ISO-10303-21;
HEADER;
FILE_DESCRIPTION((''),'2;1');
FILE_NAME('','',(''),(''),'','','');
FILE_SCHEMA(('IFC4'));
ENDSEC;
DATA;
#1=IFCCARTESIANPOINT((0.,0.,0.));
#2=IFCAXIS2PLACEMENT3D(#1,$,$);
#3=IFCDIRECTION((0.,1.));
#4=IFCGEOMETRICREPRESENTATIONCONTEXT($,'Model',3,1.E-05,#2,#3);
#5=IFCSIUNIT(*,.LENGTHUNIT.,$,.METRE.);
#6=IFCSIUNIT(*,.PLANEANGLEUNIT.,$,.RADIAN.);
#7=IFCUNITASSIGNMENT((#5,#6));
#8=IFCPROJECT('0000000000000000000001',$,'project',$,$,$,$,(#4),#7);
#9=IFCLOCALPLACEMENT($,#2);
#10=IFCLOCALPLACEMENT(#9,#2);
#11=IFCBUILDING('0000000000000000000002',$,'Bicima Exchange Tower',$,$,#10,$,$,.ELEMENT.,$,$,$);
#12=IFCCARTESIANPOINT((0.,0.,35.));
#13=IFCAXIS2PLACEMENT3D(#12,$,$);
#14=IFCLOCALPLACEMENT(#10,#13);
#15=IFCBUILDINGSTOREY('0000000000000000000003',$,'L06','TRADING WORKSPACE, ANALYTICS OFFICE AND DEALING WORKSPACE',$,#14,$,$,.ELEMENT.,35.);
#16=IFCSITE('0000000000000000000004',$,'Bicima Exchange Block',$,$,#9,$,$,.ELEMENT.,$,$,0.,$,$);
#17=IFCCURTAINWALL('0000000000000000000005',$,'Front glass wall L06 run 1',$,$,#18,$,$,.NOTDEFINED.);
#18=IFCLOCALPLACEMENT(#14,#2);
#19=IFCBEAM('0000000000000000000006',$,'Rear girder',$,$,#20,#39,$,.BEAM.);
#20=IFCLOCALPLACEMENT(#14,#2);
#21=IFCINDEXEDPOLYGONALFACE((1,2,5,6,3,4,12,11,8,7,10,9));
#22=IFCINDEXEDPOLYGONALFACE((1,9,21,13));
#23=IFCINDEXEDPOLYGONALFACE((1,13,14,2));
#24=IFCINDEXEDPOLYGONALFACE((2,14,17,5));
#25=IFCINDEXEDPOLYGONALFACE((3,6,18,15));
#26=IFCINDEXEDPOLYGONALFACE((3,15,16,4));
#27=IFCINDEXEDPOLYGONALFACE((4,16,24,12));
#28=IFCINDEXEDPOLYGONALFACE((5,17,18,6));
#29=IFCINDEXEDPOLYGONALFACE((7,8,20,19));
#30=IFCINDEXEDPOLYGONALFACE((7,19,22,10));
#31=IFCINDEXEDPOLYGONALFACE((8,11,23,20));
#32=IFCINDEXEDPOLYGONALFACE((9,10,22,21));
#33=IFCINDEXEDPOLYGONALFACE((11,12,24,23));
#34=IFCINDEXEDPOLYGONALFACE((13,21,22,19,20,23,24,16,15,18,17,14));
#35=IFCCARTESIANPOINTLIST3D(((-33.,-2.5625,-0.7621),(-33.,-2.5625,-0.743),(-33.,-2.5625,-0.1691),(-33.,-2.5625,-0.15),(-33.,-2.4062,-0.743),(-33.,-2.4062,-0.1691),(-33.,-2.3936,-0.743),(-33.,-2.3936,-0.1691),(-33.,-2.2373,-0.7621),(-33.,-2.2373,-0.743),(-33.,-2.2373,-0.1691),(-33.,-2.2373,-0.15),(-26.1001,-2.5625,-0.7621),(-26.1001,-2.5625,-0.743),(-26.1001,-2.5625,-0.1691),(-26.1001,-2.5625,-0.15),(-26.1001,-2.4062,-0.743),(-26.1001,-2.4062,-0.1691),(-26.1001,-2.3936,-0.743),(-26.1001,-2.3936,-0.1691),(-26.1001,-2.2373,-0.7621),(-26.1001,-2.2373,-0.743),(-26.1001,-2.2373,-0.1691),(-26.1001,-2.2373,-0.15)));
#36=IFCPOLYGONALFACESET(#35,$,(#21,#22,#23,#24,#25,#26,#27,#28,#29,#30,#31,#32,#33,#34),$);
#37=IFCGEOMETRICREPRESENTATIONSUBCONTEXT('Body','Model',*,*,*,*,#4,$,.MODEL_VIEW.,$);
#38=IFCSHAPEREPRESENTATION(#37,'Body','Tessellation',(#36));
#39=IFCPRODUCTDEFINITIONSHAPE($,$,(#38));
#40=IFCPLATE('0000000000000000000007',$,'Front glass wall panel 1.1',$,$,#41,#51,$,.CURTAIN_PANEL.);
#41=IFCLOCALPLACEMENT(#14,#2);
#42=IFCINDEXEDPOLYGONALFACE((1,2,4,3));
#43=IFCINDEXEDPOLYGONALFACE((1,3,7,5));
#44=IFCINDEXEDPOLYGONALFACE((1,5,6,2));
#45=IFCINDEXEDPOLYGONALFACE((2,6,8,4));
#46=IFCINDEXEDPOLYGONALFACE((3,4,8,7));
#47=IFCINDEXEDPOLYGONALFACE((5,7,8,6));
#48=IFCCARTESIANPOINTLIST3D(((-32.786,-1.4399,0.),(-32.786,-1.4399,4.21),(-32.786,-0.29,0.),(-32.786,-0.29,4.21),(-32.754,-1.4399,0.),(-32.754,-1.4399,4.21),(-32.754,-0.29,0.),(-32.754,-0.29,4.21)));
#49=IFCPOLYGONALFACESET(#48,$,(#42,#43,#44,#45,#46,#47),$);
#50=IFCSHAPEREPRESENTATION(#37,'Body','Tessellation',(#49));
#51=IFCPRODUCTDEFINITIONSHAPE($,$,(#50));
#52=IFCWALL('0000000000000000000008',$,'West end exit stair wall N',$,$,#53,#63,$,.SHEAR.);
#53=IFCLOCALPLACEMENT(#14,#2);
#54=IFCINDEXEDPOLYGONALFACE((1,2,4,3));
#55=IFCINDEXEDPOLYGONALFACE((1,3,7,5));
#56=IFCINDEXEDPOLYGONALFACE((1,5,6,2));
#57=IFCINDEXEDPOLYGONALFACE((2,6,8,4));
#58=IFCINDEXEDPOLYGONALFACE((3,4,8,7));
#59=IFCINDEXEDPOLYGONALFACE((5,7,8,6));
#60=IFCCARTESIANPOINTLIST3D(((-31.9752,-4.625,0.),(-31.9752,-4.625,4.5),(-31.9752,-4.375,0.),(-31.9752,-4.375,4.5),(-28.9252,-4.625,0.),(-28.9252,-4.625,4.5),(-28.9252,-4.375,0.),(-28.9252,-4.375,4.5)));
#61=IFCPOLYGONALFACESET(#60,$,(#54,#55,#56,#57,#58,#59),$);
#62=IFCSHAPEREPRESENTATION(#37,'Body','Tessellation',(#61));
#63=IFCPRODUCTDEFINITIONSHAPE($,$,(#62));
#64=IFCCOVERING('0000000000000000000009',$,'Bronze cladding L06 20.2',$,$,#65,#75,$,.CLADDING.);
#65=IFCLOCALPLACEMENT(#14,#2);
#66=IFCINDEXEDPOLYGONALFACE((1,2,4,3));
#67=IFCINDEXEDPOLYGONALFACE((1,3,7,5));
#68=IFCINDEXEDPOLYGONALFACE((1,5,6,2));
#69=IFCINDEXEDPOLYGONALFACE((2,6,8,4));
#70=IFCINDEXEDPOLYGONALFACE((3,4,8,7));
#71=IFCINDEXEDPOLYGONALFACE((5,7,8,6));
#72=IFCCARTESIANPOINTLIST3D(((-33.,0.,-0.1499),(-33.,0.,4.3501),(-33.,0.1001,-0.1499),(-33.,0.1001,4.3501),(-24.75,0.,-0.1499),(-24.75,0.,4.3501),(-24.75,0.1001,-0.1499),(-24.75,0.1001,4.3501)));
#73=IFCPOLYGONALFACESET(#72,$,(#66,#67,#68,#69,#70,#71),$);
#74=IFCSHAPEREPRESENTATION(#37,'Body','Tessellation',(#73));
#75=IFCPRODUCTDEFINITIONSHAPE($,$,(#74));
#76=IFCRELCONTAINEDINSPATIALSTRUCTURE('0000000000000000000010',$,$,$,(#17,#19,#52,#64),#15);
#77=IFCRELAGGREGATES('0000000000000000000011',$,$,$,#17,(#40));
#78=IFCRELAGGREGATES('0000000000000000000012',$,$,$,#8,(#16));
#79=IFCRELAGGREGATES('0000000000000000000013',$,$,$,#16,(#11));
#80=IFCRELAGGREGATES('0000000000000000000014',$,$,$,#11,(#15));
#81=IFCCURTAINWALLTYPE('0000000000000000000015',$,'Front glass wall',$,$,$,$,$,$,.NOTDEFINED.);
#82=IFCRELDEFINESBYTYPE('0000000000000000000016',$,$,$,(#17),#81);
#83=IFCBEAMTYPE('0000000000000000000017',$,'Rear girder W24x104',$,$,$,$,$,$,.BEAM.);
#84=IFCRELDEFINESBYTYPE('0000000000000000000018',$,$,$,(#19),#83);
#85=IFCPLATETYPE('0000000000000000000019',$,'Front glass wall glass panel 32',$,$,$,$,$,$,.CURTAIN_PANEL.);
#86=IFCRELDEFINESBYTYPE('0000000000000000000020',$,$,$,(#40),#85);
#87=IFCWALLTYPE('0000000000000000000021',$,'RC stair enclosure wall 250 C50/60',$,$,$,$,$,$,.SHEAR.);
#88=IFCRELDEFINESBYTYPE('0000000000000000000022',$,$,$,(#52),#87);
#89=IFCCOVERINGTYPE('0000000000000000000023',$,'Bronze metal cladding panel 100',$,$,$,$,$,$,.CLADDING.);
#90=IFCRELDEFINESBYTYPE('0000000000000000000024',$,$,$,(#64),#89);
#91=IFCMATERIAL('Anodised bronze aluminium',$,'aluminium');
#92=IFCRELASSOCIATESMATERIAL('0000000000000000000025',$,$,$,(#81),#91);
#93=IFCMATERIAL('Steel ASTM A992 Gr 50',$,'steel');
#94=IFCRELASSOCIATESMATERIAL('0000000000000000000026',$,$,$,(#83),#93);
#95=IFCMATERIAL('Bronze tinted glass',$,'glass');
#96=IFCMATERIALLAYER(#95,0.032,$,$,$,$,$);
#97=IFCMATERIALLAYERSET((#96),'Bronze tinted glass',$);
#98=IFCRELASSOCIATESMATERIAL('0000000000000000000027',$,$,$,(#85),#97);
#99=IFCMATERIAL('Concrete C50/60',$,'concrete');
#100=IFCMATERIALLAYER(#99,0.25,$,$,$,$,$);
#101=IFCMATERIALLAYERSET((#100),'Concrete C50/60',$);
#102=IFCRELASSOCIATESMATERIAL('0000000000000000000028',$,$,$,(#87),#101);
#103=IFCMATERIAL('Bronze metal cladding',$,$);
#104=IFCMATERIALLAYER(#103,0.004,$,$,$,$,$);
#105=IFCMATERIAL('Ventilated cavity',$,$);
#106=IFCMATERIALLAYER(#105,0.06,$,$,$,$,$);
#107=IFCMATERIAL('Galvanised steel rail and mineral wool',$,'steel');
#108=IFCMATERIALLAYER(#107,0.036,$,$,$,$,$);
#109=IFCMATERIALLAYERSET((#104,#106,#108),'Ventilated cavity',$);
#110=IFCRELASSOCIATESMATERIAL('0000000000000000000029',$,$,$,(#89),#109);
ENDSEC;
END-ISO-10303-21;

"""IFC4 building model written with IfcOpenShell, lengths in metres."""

from ifc_helpers import new_model, si_unit, direction, frame, frame_2d, origin, origin_2d, place, context, subcontext, project, spatial, rectangle, i_section, extrude, material, layer, layer_set, material_profile, profile_set, type_object, element, aggregate, save


model = new_model("IFC4")

# Units and contexts
model_context = context("Model", 3, precision=1e-05, world=origin(), true_north=direction((0.0, 1.0)))
body_context = subcontext(model_context, "Body", "Model", "MODEL_VIEW")
ifc_project = project(units=[si_unit("LENGTHUNIT", "METRE"), si_unit("PLANEANGLEUNIT", "RADIAN")], contexts=[model_context])

# Site, building, storey
site_placement = place(None, origin())
site = spatial("IfcSite", under=ifc_project, at=site_placement, Name="Bicima Exchange Block", CompositionType="ELEMENT", RefElevation=0.0)
building_placement = place(site_placement, origin())
building = spatial("IfcBuilding", under=site, at=building_placement, Name="Bicima Exchange Tower", CompositionType="ELEMENT")
storey_placement = place(building_placement, frame((0.0, 0.0, 35.0)))
storey = spatial("IfcBuildingStorey", under=building, at=storey_placement, Name="L06", Description="TRADING WORKSPACE, ANALYTICS OFFICE AND DEALING WORKSPACE", CompositionType="ELEMENT", Elevation=35.0)

# Shared definitions
ifc_material_1 = material(Name="Steel ASTM A992 Gr 50", Category="steel")

# Curtain wall
ifc_material_2 = material(Name="Anodised bronze aluminium", Category="aluminium")
curtain_wall_type_1 = type_object("IfcCurtainWallType", Name="Front glass wall", PredefinedType="NOTDEFINED", material=ifc_material_2)
curtain_wall_1_placement = place(storey_placement, origin())
curtain_wall_1 = element("IfcCurtainWall", 1, at=curtain_wall_1_placement, inside=storey, type_object=curtain_wall_type_1, Name="Front glass wall L06 run 1", PredefinedType="NOTDEFINED")

# Beam
ifc_material_profile_1 = material_profile(ifc_material_1, i_section(OverallWidth=0.3252, OverallDepth=0.6121, WebThickness=0.0127, FlangeThickness=0.019, at=origin_2d()))
ifc_profile_set_1 = profile_set([ifc_material_profile_1], Name="Steel ASTM A992 Gr 50")
beam_type_1 = type_object("IfcBeamType", Name="Rear girder W24x104", PredefinedType="BEAM", material=ifc_profile_set_1)
beam_1_placement = place(storey_placement, frame((-26.1001, -2.3999, -0.4561), z_axis=(-1.0, 0.0, 0.0), x_axis=(0.0, -1.0, 0.0)))
element("IfcBeam", 2, at=beam_1_placement, inside=storey, type_object=beam_type_1, Name="Rear girder", PredefinedType="BEAM", context=body_context, shape_type="SweptSolid", body=[
    extrude(i_section(OverallWidth=0.3252, OverallDepth=0.6121, WebThickness=0.0127, FlangeThickness=0.019, at=origin_2d()), origin(), (0.0, 0.0, 1.0), 6.8999),
])

# Plate
ifc_material_3 = material(Name="Bronze tinted glass", Category="glass")
ifc_layer_1 = layer(ifc_material_3, 0.032)
ifc_layer_set_1 = layer_set([ifc_layer_1], Name="Bronze tinted glass")
plate_type = type_object("IfcPlateType", Name="Front glass wall glass panel 32", PredefinedType="CURTAIN_PANEL", material=ifc_layer_set_1)
plate_placement = place(storey_placement, frame((-32.77, -0.865, 0.0), z_axis=(0.0, 0.0, 1.0), x_axis=(0.0, -1.0, 0.0)))
plate = element("IfcPlate", 3, at=plate_placement, type_object=plate_type, Name="Front glass wall panel 1.1", PredefinedType="CURTAIN_PANEL", context=body_context, shape_type="SweptSolid", body=[
    extrude(rectangle(XDim=1.1499, YDim=0.032, at=origin_2d()), origin(), (0.0, 0.0, 1.0), 4.21),
])
aggregate(curtain_wall_1, [plate])

# Wall
ifc_material_4 = material(Name="Concrete C50/60", Category="concrete")
ifc_layer_2 = layer(ifc_material_4, 0.25)
ifc_layer_set_2 = layer_set([ifc_layer_2], Name="Concrete C50/60")
wall_type = type_object("IfcWallType", Name="RC stair enclosure wall 250 C50/60", PredefinedType="SHEAR", material=ifc_layer_set_2)
wall_placement = place(storey_placement, frame((-31.9751, -4.5, 0.0), z_axis=(0.0, 0.0, 1.0), x_axis=(1.0, 0.0, 0.0)))
element("IfcWall", 4, at=wall_placement, inside=storey, type_object=wall_type, Name="West end exit stair wall N", PredefinedType="SHEAR", context=body_context, shape_type="SweptSolid", body=[
    extrude(rectangle(XDim=3.05, YDim=0.25, at=frame_2d((1.5249, 0.0))), origin(), (0.0, 0.0, 1.0), 4.5),
])

# Covering
ifc_material_5 = material(Name="Bronze metal cladding")
ifc_layer_3 = layer(ifc_material_5, 0.004)
ifc_material_6 = material(Name="Ventilated cavity")
ifc_layer_4 = layer(ifc_material_6, 0.06)
ifc_material_7 = material(Name="Galvanised steel rail and mineral wool", Category="steel")
ifc_layer_5 = layer(ifc_material_7, 0.036)
ifc_layer_set_3 = layer_set([ifc_layer_3, ifc_layer_4, ifc_layer_5], Name="Ventilated cavity")
covering_type = type_object("IfcCoveringType", Name="Bronze metal cladding panel 100", PredefinedType="CLADDING", material=ifc_layer_set_3)
covering_placement = place(storey_placement, frame((-28.875, 0.05, -0.1499), z_axis=(0.0, 0.0, 1.0), x_axis=(-1.0, 0.0, 0.0)))
element("IfcCovering", 5, at=covering_placement, inside=storey, type_object=covering_type, Name="Bronze cladding L06 20.2", PredefinedType="CLADDING", context=body_context, shape_type="SweptSolid", body=[
    extrude(rectangle(XDim=8.25, YDim=0.1001, at=origin_2d()), origin(), (0.0, 0.0, 1.0), 4.5),
])

save(model, "model.ifc")
